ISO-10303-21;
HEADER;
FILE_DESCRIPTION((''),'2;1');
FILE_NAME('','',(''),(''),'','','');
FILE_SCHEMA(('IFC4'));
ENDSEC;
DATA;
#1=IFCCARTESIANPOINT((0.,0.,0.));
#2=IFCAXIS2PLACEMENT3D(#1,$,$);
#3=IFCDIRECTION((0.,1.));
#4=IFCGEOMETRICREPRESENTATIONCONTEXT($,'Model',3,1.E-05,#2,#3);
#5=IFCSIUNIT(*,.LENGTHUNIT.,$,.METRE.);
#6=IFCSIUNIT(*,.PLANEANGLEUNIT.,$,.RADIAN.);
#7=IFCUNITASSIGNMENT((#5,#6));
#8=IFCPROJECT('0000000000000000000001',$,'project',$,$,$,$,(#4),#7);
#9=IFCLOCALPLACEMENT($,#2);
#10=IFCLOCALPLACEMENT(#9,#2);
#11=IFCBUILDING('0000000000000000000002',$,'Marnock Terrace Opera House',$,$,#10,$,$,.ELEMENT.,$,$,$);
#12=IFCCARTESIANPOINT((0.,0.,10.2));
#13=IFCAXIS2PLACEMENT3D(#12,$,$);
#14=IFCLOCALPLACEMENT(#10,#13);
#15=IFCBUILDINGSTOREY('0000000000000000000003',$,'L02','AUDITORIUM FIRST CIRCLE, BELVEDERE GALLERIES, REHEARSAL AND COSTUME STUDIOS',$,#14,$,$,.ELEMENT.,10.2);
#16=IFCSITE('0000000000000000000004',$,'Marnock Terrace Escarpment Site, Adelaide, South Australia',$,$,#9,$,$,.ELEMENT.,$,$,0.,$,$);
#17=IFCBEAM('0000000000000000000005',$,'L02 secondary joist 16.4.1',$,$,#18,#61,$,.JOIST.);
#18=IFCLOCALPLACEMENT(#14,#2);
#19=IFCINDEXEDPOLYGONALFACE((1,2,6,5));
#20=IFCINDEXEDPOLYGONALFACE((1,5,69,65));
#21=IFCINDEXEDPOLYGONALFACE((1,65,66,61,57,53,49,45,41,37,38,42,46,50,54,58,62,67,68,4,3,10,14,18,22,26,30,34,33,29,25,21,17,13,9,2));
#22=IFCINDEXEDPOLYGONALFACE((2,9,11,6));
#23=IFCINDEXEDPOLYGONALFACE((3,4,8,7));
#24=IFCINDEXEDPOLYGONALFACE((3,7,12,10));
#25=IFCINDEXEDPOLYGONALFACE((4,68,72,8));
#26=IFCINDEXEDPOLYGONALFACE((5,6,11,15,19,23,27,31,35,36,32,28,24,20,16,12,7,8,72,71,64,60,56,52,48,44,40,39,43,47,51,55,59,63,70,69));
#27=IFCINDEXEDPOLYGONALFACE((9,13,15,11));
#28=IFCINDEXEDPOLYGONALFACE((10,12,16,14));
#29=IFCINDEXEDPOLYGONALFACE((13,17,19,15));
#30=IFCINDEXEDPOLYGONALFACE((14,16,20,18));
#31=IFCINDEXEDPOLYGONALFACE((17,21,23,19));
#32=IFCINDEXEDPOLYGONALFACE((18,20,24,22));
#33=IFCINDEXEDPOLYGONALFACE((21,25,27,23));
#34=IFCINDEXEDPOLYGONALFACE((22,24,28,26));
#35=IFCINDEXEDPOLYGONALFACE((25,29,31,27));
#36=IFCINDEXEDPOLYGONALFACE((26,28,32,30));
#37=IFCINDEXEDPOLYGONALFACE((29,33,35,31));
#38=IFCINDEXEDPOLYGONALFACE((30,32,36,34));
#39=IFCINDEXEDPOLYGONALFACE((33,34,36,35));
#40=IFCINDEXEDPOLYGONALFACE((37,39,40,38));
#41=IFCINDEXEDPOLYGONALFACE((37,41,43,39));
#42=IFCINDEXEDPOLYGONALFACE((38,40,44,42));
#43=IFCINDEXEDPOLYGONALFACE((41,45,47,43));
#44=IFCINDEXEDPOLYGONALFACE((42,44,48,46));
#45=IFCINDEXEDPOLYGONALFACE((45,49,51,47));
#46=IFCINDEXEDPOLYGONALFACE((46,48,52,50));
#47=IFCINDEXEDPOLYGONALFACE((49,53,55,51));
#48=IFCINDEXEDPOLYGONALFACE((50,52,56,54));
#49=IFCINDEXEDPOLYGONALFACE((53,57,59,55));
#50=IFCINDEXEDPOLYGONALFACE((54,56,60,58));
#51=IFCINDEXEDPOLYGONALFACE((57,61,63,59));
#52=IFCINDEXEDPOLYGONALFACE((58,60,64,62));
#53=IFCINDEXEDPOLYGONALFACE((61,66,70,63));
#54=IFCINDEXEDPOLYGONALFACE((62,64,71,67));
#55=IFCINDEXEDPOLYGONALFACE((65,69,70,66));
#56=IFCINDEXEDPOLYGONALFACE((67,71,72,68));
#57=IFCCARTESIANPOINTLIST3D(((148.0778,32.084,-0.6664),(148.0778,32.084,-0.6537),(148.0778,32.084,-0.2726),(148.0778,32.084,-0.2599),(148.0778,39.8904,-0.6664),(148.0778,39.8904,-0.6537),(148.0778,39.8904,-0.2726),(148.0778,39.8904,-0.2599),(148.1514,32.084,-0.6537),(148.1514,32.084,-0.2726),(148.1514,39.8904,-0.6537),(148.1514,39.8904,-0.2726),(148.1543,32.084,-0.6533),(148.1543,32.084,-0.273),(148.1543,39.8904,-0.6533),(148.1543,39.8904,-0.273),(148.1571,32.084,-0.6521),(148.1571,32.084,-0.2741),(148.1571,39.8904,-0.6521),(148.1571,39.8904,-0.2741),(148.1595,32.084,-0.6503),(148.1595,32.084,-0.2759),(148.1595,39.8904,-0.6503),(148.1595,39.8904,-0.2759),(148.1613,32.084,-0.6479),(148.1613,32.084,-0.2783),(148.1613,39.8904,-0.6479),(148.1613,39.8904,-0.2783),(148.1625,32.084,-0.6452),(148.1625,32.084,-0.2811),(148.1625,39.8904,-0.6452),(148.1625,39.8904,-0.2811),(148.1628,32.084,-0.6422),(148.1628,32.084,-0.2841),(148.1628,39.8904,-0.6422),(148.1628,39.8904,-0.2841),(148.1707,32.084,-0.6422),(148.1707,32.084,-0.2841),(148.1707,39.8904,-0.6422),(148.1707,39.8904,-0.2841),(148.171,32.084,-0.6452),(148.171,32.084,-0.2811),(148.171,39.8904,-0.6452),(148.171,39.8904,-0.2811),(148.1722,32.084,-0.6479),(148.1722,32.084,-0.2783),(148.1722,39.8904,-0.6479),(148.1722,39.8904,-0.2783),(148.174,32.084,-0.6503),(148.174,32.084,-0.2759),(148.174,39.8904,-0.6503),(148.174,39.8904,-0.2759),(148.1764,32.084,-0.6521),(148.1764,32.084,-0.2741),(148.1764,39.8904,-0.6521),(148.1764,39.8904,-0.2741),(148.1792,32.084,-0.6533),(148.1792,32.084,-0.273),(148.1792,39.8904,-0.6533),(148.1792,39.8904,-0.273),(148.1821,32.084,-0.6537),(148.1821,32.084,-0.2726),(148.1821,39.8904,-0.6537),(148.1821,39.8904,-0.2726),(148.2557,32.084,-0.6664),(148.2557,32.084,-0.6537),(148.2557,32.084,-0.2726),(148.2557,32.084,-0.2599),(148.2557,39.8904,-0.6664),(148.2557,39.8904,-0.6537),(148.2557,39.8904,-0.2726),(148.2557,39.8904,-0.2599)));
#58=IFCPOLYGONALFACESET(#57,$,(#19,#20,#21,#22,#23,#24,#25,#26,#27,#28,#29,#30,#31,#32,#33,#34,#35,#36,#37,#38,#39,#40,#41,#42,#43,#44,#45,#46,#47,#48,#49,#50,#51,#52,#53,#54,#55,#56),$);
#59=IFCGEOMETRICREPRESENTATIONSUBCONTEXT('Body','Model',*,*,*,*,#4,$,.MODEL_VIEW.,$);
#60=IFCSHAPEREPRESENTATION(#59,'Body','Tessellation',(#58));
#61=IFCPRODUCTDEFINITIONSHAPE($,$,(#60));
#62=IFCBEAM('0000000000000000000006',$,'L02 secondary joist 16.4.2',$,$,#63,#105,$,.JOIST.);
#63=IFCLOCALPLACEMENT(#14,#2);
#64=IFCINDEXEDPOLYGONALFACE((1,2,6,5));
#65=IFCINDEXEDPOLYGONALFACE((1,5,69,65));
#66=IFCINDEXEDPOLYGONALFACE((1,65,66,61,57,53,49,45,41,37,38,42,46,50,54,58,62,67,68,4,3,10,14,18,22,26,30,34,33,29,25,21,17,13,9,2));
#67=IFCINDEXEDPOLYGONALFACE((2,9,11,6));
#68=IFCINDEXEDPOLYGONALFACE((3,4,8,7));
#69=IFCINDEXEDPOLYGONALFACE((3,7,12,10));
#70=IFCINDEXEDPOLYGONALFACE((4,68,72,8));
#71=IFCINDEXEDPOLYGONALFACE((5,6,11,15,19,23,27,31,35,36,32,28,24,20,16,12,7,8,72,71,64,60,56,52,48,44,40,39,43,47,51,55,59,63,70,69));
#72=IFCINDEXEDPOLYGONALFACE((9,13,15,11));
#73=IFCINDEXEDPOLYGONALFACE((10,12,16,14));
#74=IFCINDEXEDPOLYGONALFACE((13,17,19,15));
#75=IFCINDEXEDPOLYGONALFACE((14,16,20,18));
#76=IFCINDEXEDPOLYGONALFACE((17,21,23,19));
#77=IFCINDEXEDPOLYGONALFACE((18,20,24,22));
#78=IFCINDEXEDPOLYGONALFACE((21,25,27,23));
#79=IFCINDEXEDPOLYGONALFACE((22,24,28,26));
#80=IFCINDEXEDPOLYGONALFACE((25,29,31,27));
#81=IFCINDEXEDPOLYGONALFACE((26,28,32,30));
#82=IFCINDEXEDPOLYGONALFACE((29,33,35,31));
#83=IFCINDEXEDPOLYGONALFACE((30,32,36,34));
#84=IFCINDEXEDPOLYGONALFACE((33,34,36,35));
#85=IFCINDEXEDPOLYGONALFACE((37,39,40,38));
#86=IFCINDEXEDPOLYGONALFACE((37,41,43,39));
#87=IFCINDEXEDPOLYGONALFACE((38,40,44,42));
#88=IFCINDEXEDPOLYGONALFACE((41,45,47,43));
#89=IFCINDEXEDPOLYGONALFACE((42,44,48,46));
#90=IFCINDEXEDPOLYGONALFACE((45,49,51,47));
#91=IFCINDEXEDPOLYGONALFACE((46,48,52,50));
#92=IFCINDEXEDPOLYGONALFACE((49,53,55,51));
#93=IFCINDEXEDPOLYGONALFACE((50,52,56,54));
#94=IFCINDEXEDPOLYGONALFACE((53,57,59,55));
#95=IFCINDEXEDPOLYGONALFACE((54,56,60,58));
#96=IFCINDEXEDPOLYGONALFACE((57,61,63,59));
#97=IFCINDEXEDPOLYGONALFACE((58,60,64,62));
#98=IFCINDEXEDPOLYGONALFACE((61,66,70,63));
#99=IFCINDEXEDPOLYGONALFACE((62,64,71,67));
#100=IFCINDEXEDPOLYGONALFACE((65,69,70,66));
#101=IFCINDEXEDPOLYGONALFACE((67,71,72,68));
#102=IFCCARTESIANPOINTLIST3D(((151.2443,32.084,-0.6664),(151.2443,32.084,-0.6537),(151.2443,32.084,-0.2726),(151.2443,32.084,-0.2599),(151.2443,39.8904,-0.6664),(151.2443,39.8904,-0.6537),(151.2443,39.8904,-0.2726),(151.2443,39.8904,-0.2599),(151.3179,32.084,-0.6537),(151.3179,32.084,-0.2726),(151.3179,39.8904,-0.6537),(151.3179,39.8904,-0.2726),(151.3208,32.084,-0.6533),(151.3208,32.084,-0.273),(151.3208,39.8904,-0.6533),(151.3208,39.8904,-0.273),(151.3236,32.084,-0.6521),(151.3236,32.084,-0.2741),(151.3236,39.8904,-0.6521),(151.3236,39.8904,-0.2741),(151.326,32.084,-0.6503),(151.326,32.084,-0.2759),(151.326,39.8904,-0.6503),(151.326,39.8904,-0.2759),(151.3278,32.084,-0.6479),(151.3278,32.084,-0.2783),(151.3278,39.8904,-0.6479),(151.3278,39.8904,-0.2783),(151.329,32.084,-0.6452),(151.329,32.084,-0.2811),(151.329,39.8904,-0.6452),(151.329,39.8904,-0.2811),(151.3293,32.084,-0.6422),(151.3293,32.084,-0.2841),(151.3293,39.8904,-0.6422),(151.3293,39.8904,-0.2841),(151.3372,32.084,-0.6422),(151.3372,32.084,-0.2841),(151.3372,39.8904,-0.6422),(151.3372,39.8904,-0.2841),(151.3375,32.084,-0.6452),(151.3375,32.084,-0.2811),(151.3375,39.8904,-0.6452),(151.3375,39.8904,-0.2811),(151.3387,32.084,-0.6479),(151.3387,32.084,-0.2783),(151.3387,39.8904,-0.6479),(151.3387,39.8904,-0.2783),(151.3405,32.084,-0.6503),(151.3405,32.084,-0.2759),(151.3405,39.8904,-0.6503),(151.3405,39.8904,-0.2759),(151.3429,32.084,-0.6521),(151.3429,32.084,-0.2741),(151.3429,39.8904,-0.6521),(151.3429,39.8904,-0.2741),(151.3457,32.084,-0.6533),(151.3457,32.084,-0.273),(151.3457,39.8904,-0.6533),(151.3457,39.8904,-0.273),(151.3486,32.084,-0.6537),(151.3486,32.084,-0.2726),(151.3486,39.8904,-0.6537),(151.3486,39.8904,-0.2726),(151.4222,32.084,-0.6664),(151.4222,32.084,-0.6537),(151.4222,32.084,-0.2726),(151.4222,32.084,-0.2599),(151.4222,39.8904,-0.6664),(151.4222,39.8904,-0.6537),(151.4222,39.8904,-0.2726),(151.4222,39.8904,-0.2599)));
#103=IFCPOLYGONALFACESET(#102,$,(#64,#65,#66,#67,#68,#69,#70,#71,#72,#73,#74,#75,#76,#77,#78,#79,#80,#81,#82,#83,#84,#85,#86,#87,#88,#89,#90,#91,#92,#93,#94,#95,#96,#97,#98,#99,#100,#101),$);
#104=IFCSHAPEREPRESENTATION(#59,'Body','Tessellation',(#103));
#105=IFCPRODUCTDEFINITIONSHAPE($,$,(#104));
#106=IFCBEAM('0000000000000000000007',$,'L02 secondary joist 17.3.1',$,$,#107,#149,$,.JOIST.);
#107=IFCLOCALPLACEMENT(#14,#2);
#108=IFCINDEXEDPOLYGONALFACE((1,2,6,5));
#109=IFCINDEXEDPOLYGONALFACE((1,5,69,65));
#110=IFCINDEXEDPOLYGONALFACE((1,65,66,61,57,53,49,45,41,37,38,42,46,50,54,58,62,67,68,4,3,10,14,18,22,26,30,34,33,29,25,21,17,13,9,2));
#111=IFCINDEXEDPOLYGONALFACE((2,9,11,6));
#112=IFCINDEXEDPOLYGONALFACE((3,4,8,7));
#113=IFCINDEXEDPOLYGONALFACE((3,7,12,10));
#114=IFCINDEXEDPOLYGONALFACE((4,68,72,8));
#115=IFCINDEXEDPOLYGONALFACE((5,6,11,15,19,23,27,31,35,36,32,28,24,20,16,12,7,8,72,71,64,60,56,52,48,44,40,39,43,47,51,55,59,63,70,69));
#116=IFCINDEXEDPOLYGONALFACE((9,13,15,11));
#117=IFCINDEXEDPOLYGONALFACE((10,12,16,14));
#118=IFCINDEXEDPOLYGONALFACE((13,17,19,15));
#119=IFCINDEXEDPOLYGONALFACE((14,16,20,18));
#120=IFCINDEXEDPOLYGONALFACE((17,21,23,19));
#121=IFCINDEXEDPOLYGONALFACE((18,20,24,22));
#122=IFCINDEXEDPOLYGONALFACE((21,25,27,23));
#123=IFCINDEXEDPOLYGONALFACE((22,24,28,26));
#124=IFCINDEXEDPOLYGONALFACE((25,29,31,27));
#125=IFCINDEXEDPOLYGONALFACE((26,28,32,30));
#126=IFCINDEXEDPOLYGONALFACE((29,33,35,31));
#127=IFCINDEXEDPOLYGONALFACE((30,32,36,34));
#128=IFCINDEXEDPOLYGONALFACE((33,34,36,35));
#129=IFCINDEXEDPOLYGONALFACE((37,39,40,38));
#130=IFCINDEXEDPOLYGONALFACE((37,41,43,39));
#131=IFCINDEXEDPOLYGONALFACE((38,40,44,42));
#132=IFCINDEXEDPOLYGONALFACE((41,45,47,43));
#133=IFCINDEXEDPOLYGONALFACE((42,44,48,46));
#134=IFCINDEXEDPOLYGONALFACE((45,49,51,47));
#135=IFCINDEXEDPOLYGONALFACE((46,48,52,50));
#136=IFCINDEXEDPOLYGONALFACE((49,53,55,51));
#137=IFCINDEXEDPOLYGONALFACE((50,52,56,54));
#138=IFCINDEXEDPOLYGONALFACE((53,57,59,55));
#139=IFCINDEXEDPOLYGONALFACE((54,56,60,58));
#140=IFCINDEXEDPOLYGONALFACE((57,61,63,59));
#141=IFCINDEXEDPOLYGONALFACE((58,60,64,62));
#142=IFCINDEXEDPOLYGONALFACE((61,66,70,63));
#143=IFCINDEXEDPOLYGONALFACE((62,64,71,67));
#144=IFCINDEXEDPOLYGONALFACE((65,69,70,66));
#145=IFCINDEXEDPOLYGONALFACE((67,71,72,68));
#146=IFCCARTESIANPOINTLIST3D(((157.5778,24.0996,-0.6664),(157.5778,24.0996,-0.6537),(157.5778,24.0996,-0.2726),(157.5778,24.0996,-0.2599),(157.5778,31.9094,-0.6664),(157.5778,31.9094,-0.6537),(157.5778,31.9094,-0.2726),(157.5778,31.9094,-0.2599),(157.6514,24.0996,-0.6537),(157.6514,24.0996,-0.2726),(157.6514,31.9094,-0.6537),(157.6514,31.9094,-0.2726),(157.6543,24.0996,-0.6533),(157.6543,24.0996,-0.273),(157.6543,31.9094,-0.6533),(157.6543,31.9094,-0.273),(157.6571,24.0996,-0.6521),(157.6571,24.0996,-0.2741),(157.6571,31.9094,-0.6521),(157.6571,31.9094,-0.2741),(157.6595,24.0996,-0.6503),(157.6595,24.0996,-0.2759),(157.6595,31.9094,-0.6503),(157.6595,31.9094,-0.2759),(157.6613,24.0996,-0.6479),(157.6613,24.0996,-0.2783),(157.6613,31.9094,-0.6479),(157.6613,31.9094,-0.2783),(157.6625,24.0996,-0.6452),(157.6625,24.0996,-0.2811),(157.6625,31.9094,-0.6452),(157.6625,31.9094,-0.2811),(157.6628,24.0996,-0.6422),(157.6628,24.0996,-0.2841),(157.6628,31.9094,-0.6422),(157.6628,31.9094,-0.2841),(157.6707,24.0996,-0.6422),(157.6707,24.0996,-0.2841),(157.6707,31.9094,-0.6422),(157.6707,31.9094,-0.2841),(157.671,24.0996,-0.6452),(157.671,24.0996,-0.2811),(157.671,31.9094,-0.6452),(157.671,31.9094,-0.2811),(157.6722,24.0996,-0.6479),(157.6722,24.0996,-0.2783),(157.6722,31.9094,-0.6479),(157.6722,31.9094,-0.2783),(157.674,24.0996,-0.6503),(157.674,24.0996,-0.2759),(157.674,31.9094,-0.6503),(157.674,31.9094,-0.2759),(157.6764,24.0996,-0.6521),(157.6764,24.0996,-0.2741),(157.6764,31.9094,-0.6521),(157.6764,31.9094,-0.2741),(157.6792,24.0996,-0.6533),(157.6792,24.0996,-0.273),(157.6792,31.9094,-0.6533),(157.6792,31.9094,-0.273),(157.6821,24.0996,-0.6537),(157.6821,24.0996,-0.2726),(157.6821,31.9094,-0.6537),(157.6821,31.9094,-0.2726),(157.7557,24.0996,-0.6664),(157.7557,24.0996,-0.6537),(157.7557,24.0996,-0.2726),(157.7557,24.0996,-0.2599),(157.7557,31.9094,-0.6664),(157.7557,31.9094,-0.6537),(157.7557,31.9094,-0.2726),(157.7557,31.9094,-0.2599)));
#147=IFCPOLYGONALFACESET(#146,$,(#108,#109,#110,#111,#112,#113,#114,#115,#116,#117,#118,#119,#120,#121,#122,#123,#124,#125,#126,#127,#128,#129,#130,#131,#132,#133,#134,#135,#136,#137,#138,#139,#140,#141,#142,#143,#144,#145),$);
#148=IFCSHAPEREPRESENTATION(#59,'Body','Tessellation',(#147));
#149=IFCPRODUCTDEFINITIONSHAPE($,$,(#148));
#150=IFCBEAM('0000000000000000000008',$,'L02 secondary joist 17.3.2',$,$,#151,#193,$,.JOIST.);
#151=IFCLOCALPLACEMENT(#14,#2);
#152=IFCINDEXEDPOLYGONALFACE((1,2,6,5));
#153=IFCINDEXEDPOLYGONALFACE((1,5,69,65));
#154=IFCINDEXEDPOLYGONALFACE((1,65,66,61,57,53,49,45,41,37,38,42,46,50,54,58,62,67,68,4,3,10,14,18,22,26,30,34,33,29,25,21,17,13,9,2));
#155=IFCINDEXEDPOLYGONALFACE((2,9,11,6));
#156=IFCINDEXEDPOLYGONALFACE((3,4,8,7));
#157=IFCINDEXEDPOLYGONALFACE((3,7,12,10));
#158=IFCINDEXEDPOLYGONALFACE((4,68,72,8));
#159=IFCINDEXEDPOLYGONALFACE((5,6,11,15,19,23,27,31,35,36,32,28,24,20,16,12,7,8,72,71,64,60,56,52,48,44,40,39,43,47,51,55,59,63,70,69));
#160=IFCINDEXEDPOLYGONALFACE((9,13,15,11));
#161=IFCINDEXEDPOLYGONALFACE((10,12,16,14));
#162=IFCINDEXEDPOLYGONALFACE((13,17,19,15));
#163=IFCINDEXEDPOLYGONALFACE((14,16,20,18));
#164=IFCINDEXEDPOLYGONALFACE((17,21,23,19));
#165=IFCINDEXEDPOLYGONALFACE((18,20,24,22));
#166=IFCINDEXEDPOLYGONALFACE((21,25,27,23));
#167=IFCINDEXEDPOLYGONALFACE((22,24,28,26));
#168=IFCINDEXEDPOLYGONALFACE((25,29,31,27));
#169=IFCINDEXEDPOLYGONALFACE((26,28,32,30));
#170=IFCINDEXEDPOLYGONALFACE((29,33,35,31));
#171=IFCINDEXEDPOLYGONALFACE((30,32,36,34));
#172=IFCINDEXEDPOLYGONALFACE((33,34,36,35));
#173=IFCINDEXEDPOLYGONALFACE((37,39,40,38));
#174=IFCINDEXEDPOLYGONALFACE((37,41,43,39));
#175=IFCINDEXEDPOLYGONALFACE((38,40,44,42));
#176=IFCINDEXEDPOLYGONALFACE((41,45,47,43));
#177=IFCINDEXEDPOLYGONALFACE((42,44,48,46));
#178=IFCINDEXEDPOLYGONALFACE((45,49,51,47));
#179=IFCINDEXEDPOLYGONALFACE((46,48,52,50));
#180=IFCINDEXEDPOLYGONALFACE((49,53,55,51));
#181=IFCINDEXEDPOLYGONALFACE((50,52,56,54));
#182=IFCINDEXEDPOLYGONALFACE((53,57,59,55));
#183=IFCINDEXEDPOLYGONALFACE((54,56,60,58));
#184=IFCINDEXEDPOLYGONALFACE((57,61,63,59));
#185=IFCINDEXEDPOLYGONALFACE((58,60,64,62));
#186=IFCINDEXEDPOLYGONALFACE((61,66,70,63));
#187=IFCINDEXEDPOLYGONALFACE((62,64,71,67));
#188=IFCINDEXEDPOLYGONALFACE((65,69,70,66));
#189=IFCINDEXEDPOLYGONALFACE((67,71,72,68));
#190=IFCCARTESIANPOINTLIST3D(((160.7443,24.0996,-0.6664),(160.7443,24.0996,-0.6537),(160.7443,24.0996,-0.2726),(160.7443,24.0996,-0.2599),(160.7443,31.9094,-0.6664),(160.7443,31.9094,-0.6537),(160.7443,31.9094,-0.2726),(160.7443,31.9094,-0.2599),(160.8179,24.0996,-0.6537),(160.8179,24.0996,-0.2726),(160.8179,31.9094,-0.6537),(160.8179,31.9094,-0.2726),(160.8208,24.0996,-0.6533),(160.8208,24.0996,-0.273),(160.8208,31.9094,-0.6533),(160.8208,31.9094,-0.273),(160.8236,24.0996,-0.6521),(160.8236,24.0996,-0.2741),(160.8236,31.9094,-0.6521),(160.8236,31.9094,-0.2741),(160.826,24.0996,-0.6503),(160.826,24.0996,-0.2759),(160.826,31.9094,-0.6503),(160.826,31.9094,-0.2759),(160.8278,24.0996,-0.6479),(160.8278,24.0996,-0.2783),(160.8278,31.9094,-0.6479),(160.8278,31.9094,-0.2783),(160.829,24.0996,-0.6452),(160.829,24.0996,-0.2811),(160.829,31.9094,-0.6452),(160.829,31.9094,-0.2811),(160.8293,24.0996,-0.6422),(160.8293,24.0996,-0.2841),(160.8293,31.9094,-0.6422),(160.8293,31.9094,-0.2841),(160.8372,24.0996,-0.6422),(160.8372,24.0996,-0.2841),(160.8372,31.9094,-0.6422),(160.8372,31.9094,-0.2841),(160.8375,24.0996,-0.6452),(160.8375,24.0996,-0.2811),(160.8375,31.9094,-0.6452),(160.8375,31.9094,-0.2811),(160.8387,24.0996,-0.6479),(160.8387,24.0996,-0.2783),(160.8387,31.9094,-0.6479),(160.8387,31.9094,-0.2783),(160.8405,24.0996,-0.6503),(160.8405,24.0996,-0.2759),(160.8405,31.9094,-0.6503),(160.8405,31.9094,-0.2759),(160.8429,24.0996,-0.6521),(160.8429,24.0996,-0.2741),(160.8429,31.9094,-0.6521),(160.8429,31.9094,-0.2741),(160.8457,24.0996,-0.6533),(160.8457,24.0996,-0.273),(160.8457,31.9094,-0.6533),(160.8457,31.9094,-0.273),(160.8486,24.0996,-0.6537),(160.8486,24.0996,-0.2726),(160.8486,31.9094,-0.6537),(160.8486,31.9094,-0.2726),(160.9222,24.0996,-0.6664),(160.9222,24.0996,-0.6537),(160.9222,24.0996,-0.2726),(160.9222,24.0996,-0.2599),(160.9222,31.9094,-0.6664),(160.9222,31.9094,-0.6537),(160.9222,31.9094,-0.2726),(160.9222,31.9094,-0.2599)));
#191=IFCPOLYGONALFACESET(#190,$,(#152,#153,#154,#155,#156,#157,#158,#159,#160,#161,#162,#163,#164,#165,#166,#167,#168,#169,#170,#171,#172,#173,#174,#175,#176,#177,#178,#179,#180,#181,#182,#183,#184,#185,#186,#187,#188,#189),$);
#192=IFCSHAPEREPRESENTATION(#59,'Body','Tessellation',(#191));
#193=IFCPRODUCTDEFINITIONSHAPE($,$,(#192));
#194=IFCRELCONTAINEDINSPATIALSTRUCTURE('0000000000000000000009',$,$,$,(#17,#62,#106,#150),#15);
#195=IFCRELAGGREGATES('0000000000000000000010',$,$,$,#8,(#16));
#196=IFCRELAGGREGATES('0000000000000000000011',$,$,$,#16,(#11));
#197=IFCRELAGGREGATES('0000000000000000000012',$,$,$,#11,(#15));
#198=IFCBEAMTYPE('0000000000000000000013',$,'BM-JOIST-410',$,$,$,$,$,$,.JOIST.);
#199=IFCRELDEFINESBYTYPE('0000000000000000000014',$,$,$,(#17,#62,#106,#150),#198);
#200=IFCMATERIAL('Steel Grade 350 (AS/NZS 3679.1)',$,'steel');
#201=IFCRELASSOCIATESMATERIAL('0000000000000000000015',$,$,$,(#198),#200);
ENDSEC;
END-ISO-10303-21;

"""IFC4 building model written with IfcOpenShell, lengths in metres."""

from ifc_helpers import new_model, si_unit, direction, frame, origin, origin_2d, place, context, subcontext, project, spatial, i_section, extrude, material, material_profile, profile_set, type_object, element, save


model = new_model("IFC4")

# Units and contexts
model_context = context("Model", 3, precision=1e-05, world=origin(), true_north=direction((0.0, 1.0)))
body_context = subcontext(model_context, "Body", "Model", "MODEL_VIEW")
ifc_project = project(units=[si_unit("LENGTHUNIT", "METRE"), si_unit("PLANEANGLEUNIT", "RADIAN")], contexts=[model_context])

# Site, building, storey
site_placement = place(None, origin())
site = spatial("IfcSite", under=ifc_project, at=site_placement, Name="Marnock Terrace Escarpment Site, Adelaide, South Australia", CompositionType="ELEMENT", RefElevation=0.0)
building_placement = place(site_placement, origin())
building = spatial("IfcBuilding", under=site, at=building_placement, Name="Marnock Terrace Opera House", CompositionType="ELEMENT")
storey_placement = place(building_placement, frame((0.0, 0.0, 10.2)))
storey = spatial("IfcBuildingStorey", under=building, at=storey_placement, Name="L02", Description="AUDITORIUM FIRST CIRCLE, BELVEDERE GALLERIES, REHEARSAL AND COSTUME STUDIOS", CompositionType="ELEMENT", Elevation=10.2)

# Shared definitions
ifc_material_1 = material(Name="Steel Grade 350 (AS/NZS 3679.1)", Category="steel")

# Beams
ifc_material_profile_1 = material_profile(ifc_material_1, i_section(OverallWidth=0.178, OverallDepth=0.4065, WebThickness=0.0078, FlangeThickness=0.0127, FilletRadius=0.0115, at=origin_2d()))
ifc_profile_set_1 = profile_set([ifc_material_profile_1], Name="Steel Grade 350 (AS/NZS 3679.1)")
beam_type_1 = type_object("IfcBeamType", Name="BM-JOIST-410", PredefinedType="JOIST", material=ifc_profile_set_1)
for number, where, z_axis, x_axis, name in (
    (1, (148.1667, 32.084, -0.4631), (0.0, 1.0, 0.0), (-1.0, 0.0, 0.0), "L02 secondary joist 16.4.1"),
    (2, (151.3333, 32.084, -0.4631), (0.0, 1.0, 0.0), (-1.0, 0.0, 0.0), "L02 secondary joist 16.4.2"),
):
    element("IfcBeam", number, at=place(storey_placement, frame(where, z_axis=z_axis, x_axis=x_axis)), inside=storey, type_object=beam_type_1, Name=name, PredefinedType="JOIST", context=body_context, shape_type="SweptSolid", body=[
        extrude(i_section(OverallWidth=0.178, OverallDepth=0.4065, WebThickness=0.0078, FlangeThickness=0.0127, FilletRadius=0.0115, at=origin_2d()), origin(), (0.0, 0.0, 1.0), 7.8064),
    ])
for number, where, z_axis, x_axis, name in (
    (3, (157.6667, 24.0996, -0.4631), (0.0, 1.0, 0.0), (-1.0, 0.0, 0.0), "L02 secondary joist 17.3.1"),
    (4, (160.8333, 24.0996, -0.4631), (0.0, 1.0, 0.0), (-1.0, 0.0, 0.0), "L02 secondary joist 17.3.2"),
):
    element("IfcBeam", number, at=place(storey_placement, frame(where, z_axis=z_axis, x_axis=x_axis)), inside=storey, type_object=beam_type_1, Name=name, PredefinedType="JOIST", context=body_context, shape_type="SweptSolid", body=[
        extrude(i_section(OverallWidth=0.178, OverallDepth=0.4065, WebThickness=0.0078, FlangeThickness=0.0127, FilletRadius=0.0115, at=origin_2d()), origin(), (0.0, 0.0, 1.0), 7.8098),
    ])

save(model, "model.ifc")
